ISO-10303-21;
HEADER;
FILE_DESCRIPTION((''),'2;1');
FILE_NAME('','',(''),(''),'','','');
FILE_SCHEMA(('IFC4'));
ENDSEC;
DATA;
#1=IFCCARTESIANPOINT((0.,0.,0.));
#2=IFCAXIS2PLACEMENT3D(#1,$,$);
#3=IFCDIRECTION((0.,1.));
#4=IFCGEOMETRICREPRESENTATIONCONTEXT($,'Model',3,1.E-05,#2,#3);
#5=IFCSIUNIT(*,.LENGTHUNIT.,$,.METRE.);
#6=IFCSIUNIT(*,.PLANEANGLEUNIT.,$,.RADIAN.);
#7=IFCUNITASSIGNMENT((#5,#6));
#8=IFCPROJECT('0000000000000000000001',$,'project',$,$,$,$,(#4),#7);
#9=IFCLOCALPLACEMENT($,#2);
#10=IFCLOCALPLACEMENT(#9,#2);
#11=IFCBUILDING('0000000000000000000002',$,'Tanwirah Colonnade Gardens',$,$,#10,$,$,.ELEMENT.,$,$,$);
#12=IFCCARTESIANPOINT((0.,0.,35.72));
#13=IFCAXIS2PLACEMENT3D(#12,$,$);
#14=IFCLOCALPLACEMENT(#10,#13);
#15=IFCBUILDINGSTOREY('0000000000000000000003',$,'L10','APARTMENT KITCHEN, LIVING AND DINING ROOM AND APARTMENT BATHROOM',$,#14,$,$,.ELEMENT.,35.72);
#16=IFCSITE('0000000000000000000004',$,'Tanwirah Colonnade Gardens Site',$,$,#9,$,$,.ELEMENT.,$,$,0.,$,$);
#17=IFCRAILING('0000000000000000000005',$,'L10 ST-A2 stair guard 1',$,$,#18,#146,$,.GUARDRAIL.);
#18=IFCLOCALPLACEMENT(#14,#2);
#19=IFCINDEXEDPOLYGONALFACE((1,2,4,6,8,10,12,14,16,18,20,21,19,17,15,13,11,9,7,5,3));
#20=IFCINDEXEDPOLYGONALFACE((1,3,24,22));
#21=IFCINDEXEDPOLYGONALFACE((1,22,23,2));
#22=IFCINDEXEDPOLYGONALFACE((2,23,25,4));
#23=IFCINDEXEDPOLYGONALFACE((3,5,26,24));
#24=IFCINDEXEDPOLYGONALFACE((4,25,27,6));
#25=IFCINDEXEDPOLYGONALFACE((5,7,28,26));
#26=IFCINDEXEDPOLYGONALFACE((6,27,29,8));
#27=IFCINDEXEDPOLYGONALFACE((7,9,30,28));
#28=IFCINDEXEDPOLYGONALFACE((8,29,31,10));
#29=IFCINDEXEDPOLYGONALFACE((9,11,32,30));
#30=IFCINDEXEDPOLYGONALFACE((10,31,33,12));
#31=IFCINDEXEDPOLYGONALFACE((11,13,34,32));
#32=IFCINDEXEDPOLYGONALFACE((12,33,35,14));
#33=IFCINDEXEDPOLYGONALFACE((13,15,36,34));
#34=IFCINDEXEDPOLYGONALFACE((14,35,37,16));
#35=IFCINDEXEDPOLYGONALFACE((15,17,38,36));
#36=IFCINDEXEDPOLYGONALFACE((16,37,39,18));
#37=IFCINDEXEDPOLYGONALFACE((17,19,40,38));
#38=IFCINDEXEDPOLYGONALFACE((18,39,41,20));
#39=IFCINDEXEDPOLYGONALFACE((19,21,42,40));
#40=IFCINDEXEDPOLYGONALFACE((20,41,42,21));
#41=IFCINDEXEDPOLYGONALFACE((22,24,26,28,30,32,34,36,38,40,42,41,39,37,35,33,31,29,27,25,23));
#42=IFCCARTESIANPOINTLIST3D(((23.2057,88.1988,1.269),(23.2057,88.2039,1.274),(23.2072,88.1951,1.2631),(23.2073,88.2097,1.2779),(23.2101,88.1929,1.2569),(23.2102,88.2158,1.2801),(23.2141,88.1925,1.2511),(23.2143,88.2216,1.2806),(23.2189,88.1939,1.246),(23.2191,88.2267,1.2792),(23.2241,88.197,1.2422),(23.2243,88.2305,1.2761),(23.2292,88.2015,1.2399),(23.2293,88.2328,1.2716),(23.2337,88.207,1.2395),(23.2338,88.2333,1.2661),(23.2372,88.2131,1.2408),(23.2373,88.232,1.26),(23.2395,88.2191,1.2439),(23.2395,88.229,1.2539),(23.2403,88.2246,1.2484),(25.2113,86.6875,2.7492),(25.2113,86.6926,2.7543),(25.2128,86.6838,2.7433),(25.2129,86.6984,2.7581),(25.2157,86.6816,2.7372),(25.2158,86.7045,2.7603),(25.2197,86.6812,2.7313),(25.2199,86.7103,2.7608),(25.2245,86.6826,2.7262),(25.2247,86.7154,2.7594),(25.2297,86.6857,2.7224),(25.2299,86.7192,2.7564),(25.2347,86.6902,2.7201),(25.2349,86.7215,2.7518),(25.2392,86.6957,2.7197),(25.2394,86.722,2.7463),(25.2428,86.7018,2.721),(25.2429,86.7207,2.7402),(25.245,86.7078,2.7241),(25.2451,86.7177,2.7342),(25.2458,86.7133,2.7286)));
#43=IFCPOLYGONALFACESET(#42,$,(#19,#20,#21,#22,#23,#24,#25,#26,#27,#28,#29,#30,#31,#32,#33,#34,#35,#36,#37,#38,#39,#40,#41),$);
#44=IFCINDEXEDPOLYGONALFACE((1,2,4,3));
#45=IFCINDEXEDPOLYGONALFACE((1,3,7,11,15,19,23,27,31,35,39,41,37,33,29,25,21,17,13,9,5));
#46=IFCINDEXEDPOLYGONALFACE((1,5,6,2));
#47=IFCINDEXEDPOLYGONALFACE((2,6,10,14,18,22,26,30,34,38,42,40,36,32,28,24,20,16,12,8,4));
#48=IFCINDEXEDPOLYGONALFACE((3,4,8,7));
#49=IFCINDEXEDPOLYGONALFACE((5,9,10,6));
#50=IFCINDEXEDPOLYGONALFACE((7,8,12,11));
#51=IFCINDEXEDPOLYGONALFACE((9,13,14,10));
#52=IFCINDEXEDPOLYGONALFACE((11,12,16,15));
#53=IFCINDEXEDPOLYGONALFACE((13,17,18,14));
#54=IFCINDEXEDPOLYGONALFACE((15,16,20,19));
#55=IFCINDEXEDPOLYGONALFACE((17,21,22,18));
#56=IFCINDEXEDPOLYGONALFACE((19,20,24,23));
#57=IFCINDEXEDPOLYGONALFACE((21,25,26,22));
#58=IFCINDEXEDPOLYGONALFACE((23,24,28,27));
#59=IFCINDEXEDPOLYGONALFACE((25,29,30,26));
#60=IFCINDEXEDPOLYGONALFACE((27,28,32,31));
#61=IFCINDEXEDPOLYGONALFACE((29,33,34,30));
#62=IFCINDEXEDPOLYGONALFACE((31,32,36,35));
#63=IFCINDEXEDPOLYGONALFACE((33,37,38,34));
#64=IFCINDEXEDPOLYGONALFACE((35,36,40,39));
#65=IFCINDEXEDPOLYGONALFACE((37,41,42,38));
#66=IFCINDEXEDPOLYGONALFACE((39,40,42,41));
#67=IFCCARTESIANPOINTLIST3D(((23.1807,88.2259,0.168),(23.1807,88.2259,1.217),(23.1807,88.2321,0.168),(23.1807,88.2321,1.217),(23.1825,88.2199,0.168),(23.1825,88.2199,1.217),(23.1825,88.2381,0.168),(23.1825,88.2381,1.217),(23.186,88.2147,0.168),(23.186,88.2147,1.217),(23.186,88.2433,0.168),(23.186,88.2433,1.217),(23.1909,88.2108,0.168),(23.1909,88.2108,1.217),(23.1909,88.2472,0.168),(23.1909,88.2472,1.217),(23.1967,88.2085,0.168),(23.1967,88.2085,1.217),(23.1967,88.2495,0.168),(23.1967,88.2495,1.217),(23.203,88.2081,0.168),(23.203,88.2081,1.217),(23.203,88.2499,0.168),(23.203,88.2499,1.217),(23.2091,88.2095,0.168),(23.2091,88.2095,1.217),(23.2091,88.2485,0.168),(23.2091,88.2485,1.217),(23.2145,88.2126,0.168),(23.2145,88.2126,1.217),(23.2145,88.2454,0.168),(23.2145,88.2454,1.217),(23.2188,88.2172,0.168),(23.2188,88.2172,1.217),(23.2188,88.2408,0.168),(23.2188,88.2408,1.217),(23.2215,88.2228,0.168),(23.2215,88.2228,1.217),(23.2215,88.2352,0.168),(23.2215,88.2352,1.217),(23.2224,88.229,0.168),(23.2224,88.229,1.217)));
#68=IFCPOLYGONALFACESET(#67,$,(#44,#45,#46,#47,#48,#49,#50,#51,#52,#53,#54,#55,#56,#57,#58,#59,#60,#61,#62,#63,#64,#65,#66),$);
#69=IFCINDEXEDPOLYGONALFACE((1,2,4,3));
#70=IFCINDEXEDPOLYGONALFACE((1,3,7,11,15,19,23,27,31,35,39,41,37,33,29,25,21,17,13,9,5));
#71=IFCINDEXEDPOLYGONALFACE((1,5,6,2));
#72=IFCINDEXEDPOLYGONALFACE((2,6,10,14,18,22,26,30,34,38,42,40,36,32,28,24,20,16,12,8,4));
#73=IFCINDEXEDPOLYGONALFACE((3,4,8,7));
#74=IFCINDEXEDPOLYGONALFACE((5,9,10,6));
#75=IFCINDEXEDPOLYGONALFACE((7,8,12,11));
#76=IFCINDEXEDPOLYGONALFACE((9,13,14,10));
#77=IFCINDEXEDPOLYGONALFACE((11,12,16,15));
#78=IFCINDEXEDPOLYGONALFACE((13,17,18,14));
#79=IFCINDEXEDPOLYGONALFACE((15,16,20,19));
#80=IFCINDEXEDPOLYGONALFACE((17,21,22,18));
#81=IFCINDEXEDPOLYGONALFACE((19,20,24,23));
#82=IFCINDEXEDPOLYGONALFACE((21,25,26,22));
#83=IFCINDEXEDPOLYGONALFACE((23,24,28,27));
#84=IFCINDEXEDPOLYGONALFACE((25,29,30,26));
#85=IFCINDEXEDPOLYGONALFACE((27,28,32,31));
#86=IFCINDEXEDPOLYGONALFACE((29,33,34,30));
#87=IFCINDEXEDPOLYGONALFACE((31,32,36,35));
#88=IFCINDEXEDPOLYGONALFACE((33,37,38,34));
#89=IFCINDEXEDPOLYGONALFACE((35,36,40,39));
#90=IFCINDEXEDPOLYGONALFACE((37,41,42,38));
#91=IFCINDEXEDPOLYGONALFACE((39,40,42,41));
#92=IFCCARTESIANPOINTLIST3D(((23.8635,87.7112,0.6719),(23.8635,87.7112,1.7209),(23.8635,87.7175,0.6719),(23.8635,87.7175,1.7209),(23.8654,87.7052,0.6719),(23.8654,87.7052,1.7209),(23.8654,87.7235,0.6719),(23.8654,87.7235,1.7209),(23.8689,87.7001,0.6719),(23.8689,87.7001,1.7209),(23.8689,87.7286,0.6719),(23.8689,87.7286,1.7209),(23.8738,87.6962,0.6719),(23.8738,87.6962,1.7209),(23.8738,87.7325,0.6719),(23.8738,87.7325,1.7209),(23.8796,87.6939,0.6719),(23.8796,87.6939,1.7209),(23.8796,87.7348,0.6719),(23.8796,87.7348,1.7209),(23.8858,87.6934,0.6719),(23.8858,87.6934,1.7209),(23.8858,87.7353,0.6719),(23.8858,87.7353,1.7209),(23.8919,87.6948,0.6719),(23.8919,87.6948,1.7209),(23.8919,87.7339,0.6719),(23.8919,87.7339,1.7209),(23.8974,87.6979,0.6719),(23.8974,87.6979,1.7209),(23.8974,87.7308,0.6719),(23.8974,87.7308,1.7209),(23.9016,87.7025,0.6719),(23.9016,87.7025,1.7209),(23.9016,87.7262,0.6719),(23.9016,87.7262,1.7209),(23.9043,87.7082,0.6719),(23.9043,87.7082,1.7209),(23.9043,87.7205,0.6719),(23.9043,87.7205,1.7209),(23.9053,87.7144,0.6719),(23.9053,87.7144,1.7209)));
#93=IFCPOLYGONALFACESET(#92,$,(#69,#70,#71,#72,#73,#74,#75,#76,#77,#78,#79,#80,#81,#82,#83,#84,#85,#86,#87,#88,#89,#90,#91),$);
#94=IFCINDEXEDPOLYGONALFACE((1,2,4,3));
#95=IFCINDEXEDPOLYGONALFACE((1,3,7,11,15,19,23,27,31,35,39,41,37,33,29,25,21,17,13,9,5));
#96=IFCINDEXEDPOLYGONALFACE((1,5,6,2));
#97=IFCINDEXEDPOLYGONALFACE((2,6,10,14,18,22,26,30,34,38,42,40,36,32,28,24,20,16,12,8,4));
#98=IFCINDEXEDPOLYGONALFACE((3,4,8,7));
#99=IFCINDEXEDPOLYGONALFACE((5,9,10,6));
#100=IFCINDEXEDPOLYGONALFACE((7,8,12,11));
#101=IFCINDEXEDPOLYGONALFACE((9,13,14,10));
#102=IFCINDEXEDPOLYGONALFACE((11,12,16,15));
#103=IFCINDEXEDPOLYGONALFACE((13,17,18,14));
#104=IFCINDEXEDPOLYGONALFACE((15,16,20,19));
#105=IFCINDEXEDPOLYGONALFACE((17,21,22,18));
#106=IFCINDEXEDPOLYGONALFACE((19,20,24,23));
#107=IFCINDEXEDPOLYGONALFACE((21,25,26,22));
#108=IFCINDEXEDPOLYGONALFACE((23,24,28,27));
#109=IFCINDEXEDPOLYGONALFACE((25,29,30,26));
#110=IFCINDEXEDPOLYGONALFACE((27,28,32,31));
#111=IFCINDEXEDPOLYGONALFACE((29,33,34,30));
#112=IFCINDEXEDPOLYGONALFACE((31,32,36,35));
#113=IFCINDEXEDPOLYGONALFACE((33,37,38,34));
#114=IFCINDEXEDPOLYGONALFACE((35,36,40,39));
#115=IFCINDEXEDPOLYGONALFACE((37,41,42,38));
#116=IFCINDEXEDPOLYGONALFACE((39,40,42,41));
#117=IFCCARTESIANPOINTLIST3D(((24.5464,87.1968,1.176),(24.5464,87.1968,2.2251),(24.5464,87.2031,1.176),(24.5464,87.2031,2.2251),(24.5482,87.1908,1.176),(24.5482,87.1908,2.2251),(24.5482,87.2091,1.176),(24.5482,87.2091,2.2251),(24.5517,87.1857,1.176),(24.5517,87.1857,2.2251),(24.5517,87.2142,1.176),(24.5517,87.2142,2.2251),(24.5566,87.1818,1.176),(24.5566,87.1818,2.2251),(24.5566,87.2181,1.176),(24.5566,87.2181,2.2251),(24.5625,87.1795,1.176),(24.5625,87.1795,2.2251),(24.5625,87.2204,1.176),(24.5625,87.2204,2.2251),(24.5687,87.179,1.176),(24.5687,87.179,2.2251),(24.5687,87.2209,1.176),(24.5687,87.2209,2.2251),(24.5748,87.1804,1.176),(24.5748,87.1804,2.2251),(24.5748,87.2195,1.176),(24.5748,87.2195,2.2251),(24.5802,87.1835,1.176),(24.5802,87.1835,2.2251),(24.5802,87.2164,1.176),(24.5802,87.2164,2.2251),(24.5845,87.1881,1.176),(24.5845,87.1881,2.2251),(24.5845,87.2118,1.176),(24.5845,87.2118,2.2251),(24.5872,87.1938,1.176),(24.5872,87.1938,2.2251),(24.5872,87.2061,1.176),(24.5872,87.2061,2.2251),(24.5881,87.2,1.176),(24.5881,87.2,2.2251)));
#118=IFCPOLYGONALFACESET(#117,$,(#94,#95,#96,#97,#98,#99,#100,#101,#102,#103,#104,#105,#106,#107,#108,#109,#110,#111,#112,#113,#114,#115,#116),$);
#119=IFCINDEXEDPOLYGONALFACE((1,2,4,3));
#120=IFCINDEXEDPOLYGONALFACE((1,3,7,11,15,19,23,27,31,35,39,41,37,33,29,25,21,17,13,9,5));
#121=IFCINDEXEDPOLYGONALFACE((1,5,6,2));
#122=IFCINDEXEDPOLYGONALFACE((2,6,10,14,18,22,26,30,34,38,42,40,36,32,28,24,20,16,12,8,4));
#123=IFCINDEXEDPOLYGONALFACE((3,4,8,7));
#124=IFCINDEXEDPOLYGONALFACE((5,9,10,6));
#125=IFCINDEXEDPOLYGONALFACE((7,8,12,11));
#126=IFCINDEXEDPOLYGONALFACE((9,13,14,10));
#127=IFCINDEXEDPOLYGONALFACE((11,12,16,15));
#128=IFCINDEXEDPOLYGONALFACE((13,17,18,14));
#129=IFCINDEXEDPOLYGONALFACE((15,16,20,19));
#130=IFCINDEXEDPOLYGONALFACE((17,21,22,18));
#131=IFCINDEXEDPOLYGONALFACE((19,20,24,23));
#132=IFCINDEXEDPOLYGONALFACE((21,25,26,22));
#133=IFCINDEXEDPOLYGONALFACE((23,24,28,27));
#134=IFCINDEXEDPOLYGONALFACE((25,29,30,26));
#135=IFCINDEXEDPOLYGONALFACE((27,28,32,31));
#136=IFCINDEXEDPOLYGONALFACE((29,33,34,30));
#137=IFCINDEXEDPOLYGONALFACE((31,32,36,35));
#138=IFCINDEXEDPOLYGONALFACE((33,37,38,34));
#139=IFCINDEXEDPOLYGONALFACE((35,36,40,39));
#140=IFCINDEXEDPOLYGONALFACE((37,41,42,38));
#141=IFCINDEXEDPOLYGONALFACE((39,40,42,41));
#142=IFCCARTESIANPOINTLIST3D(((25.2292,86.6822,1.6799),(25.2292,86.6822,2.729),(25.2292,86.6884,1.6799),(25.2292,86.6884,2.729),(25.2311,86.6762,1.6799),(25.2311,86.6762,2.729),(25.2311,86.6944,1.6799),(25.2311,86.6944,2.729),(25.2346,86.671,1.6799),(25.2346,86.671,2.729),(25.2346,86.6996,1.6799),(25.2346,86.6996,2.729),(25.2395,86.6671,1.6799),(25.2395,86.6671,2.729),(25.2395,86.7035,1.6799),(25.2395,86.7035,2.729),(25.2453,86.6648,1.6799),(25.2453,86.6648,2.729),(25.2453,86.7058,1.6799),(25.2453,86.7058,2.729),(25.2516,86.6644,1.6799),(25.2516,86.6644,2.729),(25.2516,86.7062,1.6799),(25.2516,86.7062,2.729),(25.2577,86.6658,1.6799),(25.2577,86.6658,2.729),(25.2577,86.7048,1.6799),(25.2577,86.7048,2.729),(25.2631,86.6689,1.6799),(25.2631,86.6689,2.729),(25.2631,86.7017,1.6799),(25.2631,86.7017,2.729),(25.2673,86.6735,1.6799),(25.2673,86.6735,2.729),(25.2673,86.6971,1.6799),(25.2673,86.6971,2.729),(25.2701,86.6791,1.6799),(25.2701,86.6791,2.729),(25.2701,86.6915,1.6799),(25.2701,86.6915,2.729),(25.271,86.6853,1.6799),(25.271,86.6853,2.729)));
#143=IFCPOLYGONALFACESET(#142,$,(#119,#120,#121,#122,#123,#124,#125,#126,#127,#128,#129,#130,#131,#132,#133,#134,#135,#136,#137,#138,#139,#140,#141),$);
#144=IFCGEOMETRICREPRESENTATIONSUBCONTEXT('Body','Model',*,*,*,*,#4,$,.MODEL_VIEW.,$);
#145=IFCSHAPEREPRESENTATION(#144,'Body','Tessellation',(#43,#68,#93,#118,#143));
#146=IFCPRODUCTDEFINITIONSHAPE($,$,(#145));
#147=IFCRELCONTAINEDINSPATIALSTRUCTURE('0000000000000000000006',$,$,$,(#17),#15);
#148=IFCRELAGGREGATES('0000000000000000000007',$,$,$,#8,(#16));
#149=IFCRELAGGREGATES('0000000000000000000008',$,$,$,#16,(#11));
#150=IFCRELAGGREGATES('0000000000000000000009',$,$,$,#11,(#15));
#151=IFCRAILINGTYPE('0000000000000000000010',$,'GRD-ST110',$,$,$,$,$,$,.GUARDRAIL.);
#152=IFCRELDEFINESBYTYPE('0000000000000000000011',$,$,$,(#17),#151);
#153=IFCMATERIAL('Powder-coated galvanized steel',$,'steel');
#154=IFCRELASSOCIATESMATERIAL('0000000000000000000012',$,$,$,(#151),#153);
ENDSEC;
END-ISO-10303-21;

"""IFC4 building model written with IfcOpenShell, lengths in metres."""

from ifc_helpers import new_model, si_unit, direction, frame, origin, origin_2d, place, context, subcontext, project, spatial, circle, extrude, material, type_object, element, save


model = new_model("IFC4")

# Units and contexts
model_context = context("Model", 3, precision=1e-05, world=origin(), true_north=direction((0.0, 1.0)))
body_context = subcontext(model_context, "Body", "Model", "MODEL_VIEW")
ifc_project = project(units=[si_unit("LENGTHUNIT", "METRE"), si_unit("PLANEANGLEUNIT", "RADIAN")], contexts=[model_context])

# Site, building, storey
site_placement = place(None, origin())
site = spatial("IfcSite", under=ifc_project, at=site_placement, Name="Tanwirah Colonnade Gardens Site", CompositionType="ELEMENT", RefElevation=0.0)
building_placement = place(site_placement, origin())
building = spatial("IfcBuilding", under=site, at=building_placement, Name="Tanwirah Colonnade Gardens", CompositionType="ELEMENT")
storey_placement = place(building_placement, frame((0.0, 0.0, 35.72)))
storey = spatial("IfcBuildingStorey", under=building, at=storey_placement, Name="L10", Description="APARTMENT KITCHEN, LIVING AND DINING ROOM AND APARTMENT BATHROOM", CompositionType="ELEMENT", Elevation=35.72)

# Railing
ifc_material_1 = material(Name="Powder-coated galvanized steel", Category="steel")
railing_type_1 = type_object("IfcRailingType", Name="GRD-ST110", PredefinedType="GUARDRAIL", material=ifc_material_1)
railing_1_placement = place(storey_placement, frame((23.2014, 88.229, 0.168)))
element("IfcRailing", 1, at=railing_1_placement, inside=storey, type_object=railing_type_1, Name="L10 ST-A2 stair guard 1", PredefinedType="GUARDRAIL", context=body_context, shape_type="SweptSolid", body=[
    extrude(circle(Radius=0.0239, at=origin_2d()), frame((0.0215, -0.0161, 1.092), z_axis=(0.688012, -0.518449, 0.507789), x_axis=(0.601811, 0.798639, 0.0)), (0.0, 0.0, 1.0), 2.915),
    extrude(circle(Radius=0.021, at=origin_2d()), origin(), (0.0, 0.0, 1.0), 1.0491),
    extrude(circle(Radius=0.021, at=origin_2d()), frame((0.6829, -0.5146, 0.5039)), (0.0, 0.0, 1.0), 1.0491),
    extrude(circle(Radius=0.021, at=origin_2d()), frame((1.3657, -1.0291, 1.0081)), (0.0, 0.0, 1.0), 1.0491),
    extrude(circle(Radius=0.021, at=origin_2d()), frame((2.0486, -1.5437, 1.512)), (0.0, 0.0, 1.0), 1.0491),
])

save(model, "model.ifc")
